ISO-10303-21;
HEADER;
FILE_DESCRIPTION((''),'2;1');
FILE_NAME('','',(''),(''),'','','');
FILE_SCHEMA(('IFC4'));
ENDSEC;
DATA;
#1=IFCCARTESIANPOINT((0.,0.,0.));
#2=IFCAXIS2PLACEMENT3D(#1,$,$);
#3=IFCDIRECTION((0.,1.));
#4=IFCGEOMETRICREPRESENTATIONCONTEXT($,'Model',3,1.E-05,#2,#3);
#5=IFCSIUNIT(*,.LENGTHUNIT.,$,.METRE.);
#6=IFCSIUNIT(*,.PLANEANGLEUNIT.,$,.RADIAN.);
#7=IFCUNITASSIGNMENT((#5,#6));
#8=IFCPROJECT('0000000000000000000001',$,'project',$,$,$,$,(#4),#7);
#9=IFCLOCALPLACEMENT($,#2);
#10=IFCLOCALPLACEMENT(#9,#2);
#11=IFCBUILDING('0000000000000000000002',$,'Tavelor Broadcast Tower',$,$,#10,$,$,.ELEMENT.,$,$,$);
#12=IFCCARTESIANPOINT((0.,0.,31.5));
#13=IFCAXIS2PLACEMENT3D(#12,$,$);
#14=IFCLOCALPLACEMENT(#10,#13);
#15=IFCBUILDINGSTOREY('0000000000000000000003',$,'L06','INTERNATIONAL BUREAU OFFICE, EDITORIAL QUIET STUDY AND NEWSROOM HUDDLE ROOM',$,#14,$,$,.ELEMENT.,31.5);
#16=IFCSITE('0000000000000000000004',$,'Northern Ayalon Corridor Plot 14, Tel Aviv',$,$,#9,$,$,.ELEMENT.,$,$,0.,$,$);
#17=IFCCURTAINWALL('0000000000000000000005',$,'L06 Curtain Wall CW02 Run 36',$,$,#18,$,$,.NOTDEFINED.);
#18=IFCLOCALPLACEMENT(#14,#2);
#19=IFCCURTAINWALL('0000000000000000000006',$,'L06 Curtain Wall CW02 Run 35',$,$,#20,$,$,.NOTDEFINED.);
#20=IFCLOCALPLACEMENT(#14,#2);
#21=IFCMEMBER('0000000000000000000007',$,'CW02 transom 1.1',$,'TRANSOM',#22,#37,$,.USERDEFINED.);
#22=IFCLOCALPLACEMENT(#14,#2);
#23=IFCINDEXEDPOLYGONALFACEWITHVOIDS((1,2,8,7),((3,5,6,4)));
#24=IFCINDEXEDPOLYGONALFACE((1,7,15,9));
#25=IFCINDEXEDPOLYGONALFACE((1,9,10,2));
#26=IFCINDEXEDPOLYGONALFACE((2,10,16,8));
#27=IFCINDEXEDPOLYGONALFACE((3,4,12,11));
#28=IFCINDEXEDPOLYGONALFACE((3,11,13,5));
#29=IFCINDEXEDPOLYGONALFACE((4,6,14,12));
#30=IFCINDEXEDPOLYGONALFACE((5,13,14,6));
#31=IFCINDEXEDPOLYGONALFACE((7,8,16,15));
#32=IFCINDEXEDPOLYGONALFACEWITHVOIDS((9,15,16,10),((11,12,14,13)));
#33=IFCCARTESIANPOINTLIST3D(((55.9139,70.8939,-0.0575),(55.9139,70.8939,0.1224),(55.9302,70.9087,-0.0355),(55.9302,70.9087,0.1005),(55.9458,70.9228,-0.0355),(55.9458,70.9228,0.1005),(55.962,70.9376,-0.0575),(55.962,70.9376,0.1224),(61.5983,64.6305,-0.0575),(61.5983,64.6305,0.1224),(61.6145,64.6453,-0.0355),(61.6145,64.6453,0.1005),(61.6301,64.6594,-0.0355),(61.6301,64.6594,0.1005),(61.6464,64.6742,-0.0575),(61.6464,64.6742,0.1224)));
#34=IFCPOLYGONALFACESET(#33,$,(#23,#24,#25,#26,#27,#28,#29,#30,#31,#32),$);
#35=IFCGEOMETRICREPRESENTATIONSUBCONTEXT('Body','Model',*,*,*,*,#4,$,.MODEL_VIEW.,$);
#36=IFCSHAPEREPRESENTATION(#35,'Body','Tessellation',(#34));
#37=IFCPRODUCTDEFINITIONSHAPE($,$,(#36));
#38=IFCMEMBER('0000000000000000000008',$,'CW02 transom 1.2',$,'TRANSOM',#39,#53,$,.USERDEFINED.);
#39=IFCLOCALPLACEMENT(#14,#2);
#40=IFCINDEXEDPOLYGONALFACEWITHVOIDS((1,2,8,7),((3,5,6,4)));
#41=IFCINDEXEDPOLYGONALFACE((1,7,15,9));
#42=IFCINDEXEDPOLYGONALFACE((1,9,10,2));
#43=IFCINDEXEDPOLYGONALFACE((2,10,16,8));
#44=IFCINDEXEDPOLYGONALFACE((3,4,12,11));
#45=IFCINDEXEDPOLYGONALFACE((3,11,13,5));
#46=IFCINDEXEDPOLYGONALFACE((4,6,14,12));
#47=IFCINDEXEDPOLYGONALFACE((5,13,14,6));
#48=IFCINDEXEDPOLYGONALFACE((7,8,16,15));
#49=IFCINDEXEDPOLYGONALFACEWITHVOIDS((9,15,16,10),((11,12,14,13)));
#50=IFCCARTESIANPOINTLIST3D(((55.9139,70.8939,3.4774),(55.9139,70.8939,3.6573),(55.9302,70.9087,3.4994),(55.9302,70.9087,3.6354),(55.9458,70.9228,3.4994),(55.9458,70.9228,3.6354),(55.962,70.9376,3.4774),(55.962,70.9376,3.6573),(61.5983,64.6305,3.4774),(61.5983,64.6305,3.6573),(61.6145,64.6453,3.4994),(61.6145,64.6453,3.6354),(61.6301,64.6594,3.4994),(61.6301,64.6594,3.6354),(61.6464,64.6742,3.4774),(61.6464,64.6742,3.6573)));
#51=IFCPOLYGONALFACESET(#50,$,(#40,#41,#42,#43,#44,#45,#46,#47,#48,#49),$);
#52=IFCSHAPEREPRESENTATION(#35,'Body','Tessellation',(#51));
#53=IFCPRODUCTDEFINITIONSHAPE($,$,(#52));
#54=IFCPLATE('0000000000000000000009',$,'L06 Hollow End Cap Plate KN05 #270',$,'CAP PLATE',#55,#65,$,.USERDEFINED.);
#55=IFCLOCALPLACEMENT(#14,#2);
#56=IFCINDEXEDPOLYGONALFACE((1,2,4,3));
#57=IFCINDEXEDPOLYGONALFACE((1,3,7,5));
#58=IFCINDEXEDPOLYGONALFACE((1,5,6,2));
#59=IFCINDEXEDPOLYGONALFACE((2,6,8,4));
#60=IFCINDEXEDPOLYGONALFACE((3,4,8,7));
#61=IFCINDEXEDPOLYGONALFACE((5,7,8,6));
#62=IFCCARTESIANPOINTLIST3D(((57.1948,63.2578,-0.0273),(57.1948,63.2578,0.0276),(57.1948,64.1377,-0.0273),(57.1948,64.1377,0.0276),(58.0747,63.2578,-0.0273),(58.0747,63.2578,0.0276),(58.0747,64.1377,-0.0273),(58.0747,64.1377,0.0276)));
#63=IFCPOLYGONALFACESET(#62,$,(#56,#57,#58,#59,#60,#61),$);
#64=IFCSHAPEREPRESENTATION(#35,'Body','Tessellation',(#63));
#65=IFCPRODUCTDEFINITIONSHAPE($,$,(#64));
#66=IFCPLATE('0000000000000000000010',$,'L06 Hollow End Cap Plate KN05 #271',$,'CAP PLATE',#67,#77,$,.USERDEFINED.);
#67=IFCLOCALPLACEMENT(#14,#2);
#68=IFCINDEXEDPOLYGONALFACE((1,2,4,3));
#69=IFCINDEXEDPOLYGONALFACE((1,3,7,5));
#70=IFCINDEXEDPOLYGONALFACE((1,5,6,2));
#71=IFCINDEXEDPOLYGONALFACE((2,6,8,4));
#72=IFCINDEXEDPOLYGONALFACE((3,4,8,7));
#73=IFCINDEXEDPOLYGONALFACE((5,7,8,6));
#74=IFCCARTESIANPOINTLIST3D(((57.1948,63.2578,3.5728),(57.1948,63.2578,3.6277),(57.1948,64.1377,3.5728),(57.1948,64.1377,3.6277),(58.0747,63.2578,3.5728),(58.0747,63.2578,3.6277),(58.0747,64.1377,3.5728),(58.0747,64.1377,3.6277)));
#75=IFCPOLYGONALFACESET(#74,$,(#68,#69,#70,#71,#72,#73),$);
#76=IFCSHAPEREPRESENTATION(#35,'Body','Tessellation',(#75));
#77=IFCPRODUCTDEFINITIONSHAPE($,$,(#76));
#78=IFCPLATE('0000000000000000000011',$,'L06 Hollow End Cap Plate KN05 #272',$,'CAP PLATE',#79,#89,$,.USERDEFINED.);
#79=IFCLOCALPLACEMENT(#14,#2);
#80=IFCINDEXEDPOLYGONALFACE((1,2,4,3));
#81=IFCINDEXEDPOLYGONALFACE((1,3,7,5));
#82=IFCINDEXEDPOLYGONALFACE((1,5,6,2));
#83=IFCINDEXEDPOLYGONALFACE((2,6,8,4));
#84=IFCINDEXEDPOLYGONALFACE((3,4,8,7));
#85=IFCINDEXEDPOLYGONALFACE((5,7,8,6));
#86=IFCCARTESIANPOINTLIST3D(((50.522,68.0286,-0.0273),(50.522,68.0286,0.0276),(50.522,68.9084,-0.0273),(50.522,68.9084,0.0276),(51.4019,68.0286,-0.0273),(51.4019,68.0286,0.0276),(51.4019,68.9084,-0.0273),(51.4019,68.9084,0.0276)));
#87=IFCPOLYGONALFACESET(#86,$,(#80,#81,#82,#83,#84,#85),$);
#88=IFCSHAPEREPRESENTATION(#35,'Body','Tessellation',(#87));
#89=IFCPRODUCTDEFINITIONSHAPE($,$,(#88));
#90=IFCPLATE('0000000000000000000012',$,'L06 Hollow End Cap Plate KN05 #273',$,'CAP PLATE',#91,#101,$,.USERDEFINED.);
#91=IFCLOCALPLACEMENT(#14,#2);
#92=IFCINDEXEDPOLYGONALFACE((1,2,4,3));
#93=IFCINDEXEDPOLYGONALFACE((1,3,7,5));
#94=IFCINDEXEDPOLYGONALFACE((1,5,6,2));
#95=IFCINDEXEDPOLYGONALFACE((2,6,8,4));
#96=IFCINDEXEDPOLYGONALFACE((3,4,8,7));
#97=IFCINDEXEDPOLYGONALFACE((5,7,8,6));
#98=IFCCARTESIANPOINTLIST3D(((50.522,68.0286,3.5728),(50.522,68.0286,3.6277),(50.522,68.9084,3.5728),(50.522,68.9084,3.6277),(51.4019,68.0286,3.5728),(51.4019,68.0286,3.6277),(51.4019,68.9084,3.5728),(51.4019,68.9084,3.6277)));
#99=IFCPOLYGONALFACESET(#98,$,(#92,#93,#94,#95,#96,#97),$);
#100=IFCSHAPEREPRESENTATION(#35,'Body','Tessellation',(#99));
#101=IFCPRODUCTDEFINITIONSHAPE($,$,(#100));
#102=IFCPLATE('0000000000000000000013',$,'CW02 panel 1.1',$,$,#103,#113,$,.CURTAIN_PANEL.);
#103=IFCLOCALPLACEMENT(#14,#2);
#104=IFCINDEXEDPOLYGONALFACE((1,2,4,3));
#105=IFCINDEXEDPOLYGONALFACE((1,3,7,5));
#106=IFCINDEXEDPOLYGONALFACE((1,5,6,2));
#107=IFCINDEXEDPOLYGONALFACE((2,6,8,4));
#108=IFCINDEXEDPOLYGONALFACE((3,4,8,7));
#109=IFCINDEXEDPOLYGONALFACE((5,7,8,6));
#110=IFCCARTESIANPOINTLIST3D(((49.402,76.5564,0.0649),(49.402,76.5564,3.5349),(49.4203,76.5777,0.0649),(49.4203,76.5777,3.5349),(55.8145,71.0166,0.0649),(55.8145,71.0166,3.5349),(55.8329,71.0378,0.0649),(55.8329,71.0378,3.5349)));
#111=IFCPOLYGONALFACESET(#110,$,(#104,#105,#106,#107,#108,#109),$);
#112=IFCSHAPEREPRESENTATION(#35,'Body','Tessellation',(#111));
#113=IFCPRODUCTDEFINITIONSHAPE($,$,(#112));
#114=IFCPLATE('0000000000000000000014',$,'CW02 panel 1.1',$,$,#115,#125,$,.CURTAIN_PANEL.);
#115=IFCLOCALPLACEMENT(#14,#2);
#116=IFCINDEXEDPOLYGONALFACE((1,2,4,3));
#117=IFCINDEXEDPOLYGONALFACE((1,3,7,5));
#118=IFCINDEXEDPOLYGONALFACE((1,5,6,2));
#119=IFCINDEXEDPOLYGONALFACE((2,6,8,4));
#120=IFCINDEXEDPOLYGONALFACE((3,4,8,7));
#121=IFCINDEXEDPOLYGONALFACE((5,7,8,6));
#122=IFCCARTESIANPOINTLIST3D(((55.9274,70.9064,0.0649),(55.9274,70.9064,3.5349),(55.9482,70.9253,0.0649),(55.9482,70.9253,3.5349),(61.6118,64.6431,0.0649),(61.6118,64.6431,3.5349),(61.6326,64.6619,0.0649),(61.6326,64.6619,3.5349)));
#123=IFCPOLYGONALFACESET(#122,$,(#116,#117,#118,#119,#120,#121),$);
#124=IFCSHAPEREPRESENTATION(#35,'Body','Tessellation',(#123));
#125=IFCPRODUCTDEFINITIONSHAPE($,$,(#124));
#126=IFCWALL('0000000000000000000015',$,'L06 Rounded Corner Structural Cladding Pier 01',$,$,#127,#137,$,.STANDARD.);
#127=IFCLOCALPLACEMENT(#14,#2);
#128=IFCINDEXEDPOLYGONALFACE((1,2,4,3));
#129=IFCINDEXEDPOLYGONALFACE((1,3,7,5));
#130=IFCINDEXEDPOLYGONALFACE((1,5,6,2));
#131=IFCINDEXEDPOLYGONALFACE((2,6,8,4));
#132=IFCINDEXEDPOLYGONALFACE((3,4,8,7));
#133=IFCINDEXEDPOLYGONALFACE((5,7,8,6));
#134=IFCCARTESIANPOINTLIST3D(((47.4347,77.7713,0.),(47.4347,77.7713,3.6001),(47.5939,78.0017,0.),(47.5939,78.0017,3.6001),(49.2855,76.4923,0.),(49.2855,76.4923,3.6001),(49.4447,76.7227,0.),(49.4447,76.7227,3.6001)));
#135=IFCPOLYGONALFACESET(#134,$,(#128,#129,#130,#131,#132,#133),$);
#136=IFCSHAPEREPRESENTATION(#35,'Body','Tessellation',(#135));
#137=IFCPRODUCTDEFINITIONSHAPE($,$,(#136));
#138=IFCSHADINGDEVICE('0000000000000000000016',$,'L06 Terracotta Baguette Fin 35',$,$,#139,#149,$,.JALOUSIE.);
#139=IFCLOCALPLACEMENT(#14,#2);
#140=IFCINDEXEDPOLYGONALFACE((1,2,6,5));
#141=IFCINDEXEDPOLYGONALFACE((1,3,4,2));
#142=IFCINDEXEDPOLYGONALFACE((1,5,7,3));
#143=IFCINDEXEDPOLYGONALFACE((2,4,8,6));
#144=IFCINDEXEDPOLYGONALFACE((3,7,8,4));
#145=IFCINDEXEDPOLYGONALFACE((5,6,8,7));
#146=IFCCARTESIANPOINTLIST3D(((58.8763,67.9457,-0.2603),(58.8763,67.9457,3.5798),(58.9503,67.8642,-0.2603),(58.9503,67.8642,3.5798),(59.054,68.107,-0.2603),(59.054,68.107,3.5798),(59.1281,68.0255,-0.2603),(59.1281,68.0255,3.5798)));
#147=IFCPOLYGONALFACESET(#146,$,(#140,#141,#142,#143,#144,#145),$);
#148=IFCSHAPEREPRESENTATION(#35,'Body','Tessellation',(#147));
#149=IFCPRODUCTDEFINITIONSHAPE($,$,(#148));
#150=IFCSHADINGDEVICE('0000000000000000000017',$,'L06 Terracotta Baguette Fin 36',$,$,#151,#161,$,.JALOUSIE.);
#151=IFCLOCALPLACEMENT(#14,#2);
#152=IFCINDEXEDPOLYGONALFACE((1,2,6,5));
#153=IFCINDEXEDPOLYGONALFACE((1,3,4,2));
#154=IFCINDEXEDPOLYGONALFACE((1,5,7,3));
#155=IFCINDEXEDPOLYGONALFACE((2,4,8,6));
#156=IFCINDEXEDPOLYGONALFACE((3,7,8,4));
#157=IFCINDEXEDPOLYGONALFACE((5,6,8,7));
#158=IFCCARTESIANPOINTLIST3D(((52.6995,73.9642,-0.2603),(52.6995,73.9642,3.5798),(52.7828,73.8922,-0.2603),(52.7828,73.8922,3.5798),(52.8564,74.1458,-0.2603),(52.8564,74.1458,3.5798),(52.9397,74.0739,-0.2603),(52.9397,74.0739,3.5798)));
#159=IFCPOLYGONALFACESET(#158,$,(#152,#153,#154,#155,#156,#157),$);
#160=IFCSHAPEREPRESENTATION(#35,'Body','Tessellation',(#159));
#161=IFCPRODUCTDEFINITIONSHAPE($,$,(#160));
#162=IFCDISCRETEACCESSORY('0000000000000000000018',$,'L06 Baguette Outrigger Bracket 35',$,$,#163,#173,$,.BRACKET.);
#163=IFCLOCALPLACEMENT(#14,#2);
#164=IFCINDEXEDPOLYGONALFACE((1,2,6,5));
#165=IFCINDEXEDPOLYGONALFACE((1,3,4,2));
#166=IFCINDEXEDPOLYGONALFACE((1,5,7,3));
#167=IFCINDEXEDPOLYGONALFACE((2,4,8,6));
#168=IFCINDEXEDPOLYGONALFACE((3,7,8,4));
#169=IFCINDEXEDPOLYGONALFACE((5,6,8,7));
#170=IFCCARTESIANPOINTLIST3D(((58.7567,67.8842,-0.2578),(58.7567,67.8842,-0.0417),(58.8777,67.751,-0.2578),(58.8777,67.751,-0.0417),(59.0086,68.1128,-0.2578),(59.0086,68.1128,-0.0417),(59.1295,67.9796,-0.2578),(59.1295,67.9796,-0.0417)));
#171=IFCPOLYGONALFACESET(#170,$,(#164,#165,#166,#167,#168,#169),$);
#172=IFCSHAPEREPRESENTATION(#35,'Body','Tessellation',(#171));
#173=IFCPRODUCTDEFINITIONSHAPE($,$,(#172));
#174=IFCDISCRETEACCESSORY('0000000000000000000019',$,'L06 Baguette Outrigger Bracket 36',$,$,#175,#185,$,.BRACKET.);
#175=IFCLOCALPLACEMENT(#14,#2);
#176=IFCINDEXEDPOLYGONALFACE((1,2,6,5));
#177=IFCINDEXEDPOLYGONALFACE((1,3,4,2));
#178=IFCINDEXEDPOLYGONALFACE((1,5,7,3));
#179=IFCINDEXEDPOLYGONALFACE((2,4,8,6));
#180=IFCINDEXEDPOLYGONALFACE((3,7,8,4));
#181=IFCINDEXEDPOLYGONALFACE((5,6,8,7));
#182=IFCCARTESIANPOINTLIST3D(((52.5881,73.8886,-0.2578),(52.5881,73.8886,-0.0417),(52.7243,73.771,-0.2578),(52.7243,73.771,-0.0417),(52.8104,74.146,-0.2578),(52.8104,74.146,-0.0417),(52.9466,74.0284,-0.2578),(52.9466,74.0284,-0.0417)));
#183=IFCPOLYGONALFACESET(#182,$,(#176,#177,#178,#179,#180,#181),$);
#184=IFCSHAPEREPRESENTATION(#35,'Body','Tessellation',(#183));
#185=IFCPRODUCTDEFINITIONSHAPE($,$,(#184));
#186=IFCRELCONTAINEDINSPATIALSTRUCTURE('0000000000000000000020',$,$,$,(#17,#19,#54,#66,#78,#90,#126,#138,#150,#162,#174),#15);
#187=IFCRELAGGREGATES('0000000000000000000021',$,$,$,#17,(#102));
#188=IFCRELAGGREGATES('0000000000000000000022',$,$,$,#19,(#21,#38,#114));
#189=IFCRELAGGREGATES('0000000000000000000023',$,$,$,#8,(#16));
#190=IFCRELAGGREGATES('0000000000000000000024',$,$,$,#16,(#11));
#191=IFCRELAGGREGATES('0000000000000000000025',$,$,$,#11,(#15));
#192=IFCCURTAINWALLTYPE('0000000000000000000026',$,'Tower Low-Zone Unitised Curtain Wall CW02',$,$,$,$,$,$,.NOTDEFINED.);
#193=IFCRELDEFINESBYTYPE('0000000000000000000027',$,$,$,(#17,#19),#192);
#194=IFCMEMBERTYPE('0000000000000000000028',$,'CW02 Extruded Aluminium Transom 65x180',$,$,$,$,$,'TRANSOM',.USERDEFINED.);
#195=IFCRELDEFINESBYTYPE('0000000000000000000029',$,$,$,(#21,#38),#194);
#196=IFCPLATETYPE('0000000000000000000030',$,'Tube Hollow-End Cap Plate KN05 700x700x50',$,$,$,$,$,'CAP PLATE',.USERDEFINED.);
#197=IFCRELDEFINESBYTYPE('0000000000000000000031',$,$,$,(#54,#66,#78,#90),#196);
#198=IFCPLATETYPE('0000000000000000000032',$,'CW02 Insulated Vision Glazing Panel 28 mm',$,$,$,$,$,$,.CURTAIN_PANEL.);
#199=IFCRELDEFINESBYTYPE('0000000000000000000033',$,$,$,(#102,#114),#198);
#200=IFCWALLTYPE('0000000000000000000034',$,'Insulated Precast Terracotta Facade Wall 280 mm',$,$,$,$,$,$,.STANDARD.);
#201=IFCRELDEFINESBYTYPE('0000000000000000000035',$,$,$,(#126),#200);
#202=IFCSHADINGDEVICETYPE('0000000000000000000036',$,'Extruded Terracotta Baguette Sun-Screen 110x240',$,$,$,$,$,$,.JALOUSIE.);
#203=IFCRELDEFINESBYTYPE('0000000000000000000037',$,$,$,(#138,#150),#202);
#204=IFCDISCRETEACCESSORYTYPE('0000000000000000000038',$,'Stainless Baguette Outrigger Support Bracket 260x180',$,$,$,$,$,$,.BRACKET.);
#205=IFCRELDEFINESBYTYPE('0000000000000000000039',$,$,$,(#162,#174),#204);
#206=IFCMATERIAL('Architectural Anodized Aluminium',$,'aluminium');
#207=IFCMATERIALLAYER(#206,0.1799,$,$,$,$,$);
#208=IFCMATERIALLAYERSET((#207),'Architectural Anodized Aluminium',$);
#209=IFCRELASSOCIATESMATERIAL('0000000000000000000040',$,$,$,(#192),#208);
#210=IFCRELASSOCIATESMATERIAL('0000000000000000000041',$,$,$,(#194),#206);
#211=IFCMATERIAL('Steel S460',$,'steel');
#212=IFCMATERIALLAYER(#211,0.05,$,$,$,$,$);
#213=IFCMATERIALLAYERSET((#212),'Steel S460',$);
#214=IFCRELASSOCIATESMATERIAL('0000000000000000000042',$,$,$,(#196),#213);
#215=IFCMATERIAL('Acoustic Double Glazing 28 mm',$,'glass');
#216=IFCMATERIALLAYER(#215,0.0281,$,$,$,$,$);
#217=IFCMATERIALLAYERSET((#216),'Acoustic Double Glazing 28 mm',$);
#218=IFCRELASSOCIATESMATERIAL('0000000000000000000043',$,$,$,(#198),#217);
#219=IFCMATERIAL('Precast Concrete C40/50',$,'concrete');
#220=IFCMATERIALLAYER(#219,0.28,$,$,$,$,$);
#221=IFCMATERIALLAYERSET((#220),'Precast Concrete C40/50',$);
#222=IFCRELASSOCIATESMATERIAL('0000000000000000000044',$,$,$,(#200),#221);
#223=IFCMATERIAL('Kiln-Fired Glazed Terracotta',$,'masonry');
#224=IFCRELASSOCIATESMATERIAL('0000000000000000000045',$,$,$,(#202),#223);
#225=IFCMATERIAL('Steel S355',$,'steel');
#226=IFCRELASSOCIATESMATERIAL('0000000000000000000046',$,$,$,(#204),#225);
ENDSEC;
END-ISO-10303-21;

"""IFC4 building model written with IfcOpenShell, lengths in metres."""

from ifc_helpers import new_model, si_unit, direction, frame, frame_2d, origin, origin_2d, place, context, subcontext, project, spatial, rectangle, hollow_rectangle, extrude, source, transform, mapped, material, layer, layer_set, material_profile, profile_set, type_object, type_shapes, element, aggregate, save


model = new_model("IFC4")

# Units and contexts
model_context = context("Model", 3, precision=1e-05, world=origin(), true_north=direction((0.0, 1.0)))
body_context = subcontext(model_context, "Body", "Model", "MODEL_VIEW")
ifc_project = project(units=[si_unit("LENGTHUNIT", "METRE"), si_unit("PLANEANGLEUNIT", "RADIAN")], contexts=[model_context])

# Site, building, storey
site_placement = place(None, origin())
site = spatial("IfcSite", under=ifc_project, at=site_placement, Name="Northern Ayalon Corridor Plot 14, Tel Aviv", CompositionType="ELEMENT", RefElevation=0.0)
building_placement = place(site_placement, origin())
building = spatial("IfcBuilding", under=site, at=building_placement, Name="Tavelor Broadcast Tower", CompositionType="ELEMENT")
storey_placement = place(building_placement, frame((0.0, 0.0, 31.5)))
storey = spatial("IfcBuildingStorey", under=building, at=storey_placement, Name="L06", Description="INTERNATIONAL BUREAU OFFICE, EDITORIAL QUIET STUDY AND NEWSROOM HUDDLE ROOM", CompositionType="ELEMENT", Elevation=31.5)

# Shared definitions
ifc_material_1 = material(Name="Steel S460", Category="steel")

# Shared definitions
ifc_material_2 = material(Name="Steel S355", Category="steel")

# Curtain wall
ifc_material_3 = material(Name="Architectural Anodized Aluminium", Category="aluminium")
ifc_layer_1 = layer(ifc_material_3, 0.1799)
ifc_layer_set_1 = layer_set([ifc_layer_1], Name="Architectural Anodized Aluminium")
curtain_wall_type = type_object("IfcCurtainWallType", Name="Tower Low-Zone Unitised Curtain Wall CW02", PredefinedType="NOTDEFINED", material=ifc_layer_set_1)
curtain_wall_1_placement = place(storey_placement, origin())
curtain_wall_1 = element("IfcCurtainWall", 1, at=curtain_wall_1_placement, inside=storey, type_object=curtain_wall_type, Name="L06 Curtain Wall CW02 Run 36", PredefinedType="NOTDEFINED")
ifc_material_profile_1 = material_profile(ifc_material_3, hollow_rectangle(XDim=0.0649, YDim=0.1799, WallThickness=0.022, at=origin_2d()), Name="RHS 65x180x22")
ifc_profile_set_1 = profile_set([ifc_material_profile_1], Name="Architectural Anodized Aluminium")
member_type_1 = type_object("IfcMemberType", Name="CW02 Extruded Aluminium Transom 65x180", ElementType="TRANSOM", PredefinedType="USERDEFINED", material=ifc_profile_set_1)

# Curtain wall
curtain_wall_2_placement = place(storey_placement, origin())
curtain_wall_2 = element("IfcCurtainWall", 2, at=curtain_wall_2_placement, inside=storey, type_object=curtain_wall_type, Name="L06 Curtain Wall CW02 Run 35", PredefinedType="NOTDEFINED")

# Members
shared_shape_1 = source(origin(), body_context, "Body", "SweptSolid", [
    extrude(hollow_rectangle(XDim=0.0649, YDim=0.1799, WallThickness=0.022, at=origin_2d()), origin(), (0.0, 0.0, 1.0), 8.4583),
])
member_1_placement = place(storey_placement, frame((61.6223, 64.6523, 0.0325), z_axis=(-0.672045, 0.740511, 0.0), x_axis=(-0.740511, -0.672045, 0.0)))
member_1 = element("IfcMember", 3, at=member_1_placement, type_object=member_type_1, Name="CW02 transom 1.1", ObjectType="TRANSOM", PredefinedType="USERDEFINED", context=body_context, shape_type="MappedRepresentation", body=[
    mapped(shared_shape_1, transform((0.0, 0.0, 0.0), scale=1.0)),
])
member_2_placement = place(storey_placement, frame((61.6223, 64.6523, 3.5674), z_axis=(-0.672045, 0.740511, 0.0), x_axis=(-0.740511, -0.672045, 0.0)))
member_2 = element("IfcMember", 4, at=member_2_placement, type_object=member_type_1, Name="CW02 transom 1.2", ObjectType="TRANSOM", PredefinedType="USERDEFINED", context=body_context, shape_type="MappedRepresentation", body=[
    mapped(shared_shape_1, transform((0.0, 0.0, 0.0), scale=1.0)),
])

# Plates
ifc_layer_2 = layer(ifc_material_1, 0.05)
ifc_layer_set_2 = layer_set([ifc_layer_2], Name="Steel S460")
plate_type_1 = type_object("IfcPlateType", Name="Tube Hollow-End Cap Plate KN05 700x700x50", ElementType="CAP PLATE", PredefinedType="USERDEFINED", material=ifc_layer_set_2)
shared_shape_2 = source(origin(), body_context, "Body", "SweptSolid", [
    extrude(rectangle(XDim=0.8799, YDim=0.8799, at=origin_2d()), origin(), (0.0, 0.0, 1.0), 0.0549),
])
type_shapes(plate_type_1, [shared_shape_2])
for number, where, z_axis, x_axis, name in (
    (5, (57.6348, 63.6978, -0.0273), (0.0, 0.0, 1.0), (1.0, 0.0, 0.0), "L06 Hollow End Cap Plate KN05 #270"),
    (6, (57.6348, 63.6978, 3.5728), (0.0, 0.0, 1.0), (1.0, 0.0, 0.0), "L06 Hollow End Cap Plate KN05 #271"),
    (7, (50.9619, 68.4685, -0.0273), (0.0, 0.0, 1.0), (1.0, 0.0, 0.0), "L06 Hollow End Cap Plate KN05 #272"),
    (8, (50.9619, 68.4685, 3.5728), (0.0, 0.0, 1.0), (1.0, 0.0, 0.0), "L06 Hollow End Cap Plate KN05 #273"),
):
    element("IfcPlate", number, at=place(storey_placement, frame(where, z_axis=z_axis, x_axis=x_axis)), inside=storey, type_object=plate_type_1, Name=name, ObjectType="CAP PLATE", PredefinedType="USERDEFINED", context=body_context, shape_type="MappedRepresentation", body=[
        mapped(shared_shape_2, transform((0.0, 0.0, 0.0), scale=1.0)),
    ])

# Plates
ifc_material_4 = material(Name="Acoustic Double Glazing 28 mm", Category="glass")
ifc_layer_3 = layer(ifc_material_4, 0.0281)
ifc_layer_set_3 = layer_set([ifc_layer_3], Name="Acoustic Double Glazing 28 mm")
plate_type_2 = type_object("IfcPlateType", Name="CW02 Insulated Vision Glazing Panel 28 mm", PredefinedType="CURTAIN_PANEL", material=ifc_layer_set_3)
shared_shape_3 = source(origin(), body_context, "Body", "SweptSolid", [
    extrude(rectangle(XDim=8.4741, YDim=0.0281, at=origin_2d()), origin(), (0.0, 0.0, 1.0), 3.47),
])
plate_1_placement = place(storey_placement, frame((52.6174, 73.7971, 0.0649), z_axis=(0.0, 0.0, 1.0), x_axis=(-0.756722, 0.653736, 0.0)))
plate_1 = element("IfcPlate", 9, at=plate_1_placement, type_object=plate_type_2, Name="CW02 panel 1.1", PredefinedType="CURTAIN_PANEL", context=body_context, shape_type="MappedRepresentation", body=[
    mapped(shared_shape_3, transform((0.0, 0.0, 0.0), scale=1.0)),
])
aggregate(curtain_wall_1, [plate_1])
shared_shape_4 = source(origin(), body_context, "Body", "SweptSolid", [
    extrude(rectangle(XDim=8.4583, YDim=0.0281, at=origin_2d()), origin(), (0.0, 0.0, 1.0), 3.47),
])
type_shapes(plate_type_2, [shared_shape_3, shared_shape_4])
plate_2_placement = place(storey_placement, frame((58.78, 67.7842, 0.0649), z_axis=(0.0, 0.0, 1.0), x_axis=(-0.672051, 0.740505, 0.0)))
plate_2 = element("IfcPlate", 10, at=plate_2_placement, type_object=plate_type_2, Name="CW02 panel 1.1", PredefinedType="CURTAIN_PANEL", context=body_context, shape_type="MappedRepresentation", body=[
    mapped(shared_shape_4, transform((0.0, 0.0, 0.0), scale=1.0)),
])
aggregate(curtain_wall_2, [member_1, member_2, plate_2])

# Wall
ifc_material_5 = material(Name="Precast Concrete C40/50", Category="concrete")
ifc_layer_4 = layer(ifc_material_5, 0.28)
ifc_layer_set_4 = layer_set([ifc_layer_4], Name="Precast Concrete C40/50")
wall_type = type_object("IfcWallType", Name="Insulated Precast Terracotta Facade Wall 280 mm", PredefinedType="STANDARD", material=ifc_layer_set_4)
wall_placement = place(storey_placement, frame((49.3652, 76.6074, 0.0), z_axis=(0.0, 0.0, 1.0), x_axis=(-0.822669, 0.568521, 0.0)))
element("IfcWall", 11, at=wall_placement, inside=storey, type_object=wall_type, Name="L06 Rounded Corner Structural Cladding Pier 01", PredefinedType="STANDARD", context=body_context, shape_type="SweptSolid", body=[
    extrude(rectangle(XDim=2.2498, YDim=0.28, at=frame_2d((1.125, 0.0))), origin(), (0.0, 0.0, 1.0), 3.6001),
])

# Shading devices
ifc_material_6 = material(Name="Kiln-Fired Glazed Terracotta", Category="masonry")
shading_device_type = type_object("IfcShadingDeviceType", Name="Extruded Terracotta Baguette Sun-Screen 110x240", PredefinedType="JALOUSIE", material=ifc_material_6)
shared_shape_5 = source(origin(), body_context, "Body", "SweptSolid", [
    extrude(rectangle(XDim=0.1101, YDim=0.24, at=origin_2d()), origin(), (0.0, 0.0, 1.0), 3.8401),
])
type_shapes(shading_device_type, [shared_shape_5])
for number, where, z_axis, x_axis, name in (
    (12, (59.0022, 67.9856, -0.2603), (0.0, 0.0, 1.0), (-0.672108, 0.740453, 0.0), "L06 Terracotta Baguette Fin 35"),
    (13, (52.8196, 74.019, -0.2603), (0.0, 0.0, 1.0), (-0.756767, 0.653685, 0.0), "L06 Terracotta Baguette Fin 36"),
):
    element("IfcShadingDevice", number, at=place(storey_placement, frame(where, z_axis=z_axis, x_axis=x_axis)), inside=storey, type_object=shading_device_type, Name=name, PredefinedType="JALOUSIE", context=body_context, shape_type="MappedRepresentation", body=[
        mapped(shared_shape_5, transform((0.0, 0.0, 0.0), scale=1.0)),
    ])

# Discrete accessories
discrete_accessory_type = type_object("IfcDiscreteAccessoryType", Name="Stainless Baguette Outrigger Support Bracket 260x180", PredefinedType="BRACKET", material=ifc_material_2)
shared_shape_6 = source(origin(), body_context, "Body", "SweptSolid", [
    extrude(rectangle(XDim=0.1799, YDim=0.3401, at=origin_2d()), origin(), (0.0, 0.0, 1.0), 0.2161),
])
type_shapes(discrete_accessory_type, [shared_shape_6])
for number, where, z_axis, x_axis, name in (
    (14, (58.9431, 67.9319, -0.2578), (0.0, 0.0, 1.0), (-0.672108, 0.740453, 0.0), "L06 Baguette Outrigger Bracket 35"),
    (15, (52.7673, 73.9585, -0.2578), (0.0, 0.0, 1.0), (-0.756767, 0.653685, 0.0), "L06 Baguette Outrigger Bracket 36"),
):
    element("IfcDiscreteAccessory", number, at=place(storey_placement, frame(where, z_axis=z_axis, x_axis=x_axis)), inside=storey, type_object=discrete_accessory_type, Name=name, PredefinedType="BRACKET", context=body_context, shape_type="MappedRepresentation", body=[
        mapped(shared_shape_6, transform((0.0, 0.0, 0.0), scale=1.0)),
    ])

save(model, "model.ifc")
